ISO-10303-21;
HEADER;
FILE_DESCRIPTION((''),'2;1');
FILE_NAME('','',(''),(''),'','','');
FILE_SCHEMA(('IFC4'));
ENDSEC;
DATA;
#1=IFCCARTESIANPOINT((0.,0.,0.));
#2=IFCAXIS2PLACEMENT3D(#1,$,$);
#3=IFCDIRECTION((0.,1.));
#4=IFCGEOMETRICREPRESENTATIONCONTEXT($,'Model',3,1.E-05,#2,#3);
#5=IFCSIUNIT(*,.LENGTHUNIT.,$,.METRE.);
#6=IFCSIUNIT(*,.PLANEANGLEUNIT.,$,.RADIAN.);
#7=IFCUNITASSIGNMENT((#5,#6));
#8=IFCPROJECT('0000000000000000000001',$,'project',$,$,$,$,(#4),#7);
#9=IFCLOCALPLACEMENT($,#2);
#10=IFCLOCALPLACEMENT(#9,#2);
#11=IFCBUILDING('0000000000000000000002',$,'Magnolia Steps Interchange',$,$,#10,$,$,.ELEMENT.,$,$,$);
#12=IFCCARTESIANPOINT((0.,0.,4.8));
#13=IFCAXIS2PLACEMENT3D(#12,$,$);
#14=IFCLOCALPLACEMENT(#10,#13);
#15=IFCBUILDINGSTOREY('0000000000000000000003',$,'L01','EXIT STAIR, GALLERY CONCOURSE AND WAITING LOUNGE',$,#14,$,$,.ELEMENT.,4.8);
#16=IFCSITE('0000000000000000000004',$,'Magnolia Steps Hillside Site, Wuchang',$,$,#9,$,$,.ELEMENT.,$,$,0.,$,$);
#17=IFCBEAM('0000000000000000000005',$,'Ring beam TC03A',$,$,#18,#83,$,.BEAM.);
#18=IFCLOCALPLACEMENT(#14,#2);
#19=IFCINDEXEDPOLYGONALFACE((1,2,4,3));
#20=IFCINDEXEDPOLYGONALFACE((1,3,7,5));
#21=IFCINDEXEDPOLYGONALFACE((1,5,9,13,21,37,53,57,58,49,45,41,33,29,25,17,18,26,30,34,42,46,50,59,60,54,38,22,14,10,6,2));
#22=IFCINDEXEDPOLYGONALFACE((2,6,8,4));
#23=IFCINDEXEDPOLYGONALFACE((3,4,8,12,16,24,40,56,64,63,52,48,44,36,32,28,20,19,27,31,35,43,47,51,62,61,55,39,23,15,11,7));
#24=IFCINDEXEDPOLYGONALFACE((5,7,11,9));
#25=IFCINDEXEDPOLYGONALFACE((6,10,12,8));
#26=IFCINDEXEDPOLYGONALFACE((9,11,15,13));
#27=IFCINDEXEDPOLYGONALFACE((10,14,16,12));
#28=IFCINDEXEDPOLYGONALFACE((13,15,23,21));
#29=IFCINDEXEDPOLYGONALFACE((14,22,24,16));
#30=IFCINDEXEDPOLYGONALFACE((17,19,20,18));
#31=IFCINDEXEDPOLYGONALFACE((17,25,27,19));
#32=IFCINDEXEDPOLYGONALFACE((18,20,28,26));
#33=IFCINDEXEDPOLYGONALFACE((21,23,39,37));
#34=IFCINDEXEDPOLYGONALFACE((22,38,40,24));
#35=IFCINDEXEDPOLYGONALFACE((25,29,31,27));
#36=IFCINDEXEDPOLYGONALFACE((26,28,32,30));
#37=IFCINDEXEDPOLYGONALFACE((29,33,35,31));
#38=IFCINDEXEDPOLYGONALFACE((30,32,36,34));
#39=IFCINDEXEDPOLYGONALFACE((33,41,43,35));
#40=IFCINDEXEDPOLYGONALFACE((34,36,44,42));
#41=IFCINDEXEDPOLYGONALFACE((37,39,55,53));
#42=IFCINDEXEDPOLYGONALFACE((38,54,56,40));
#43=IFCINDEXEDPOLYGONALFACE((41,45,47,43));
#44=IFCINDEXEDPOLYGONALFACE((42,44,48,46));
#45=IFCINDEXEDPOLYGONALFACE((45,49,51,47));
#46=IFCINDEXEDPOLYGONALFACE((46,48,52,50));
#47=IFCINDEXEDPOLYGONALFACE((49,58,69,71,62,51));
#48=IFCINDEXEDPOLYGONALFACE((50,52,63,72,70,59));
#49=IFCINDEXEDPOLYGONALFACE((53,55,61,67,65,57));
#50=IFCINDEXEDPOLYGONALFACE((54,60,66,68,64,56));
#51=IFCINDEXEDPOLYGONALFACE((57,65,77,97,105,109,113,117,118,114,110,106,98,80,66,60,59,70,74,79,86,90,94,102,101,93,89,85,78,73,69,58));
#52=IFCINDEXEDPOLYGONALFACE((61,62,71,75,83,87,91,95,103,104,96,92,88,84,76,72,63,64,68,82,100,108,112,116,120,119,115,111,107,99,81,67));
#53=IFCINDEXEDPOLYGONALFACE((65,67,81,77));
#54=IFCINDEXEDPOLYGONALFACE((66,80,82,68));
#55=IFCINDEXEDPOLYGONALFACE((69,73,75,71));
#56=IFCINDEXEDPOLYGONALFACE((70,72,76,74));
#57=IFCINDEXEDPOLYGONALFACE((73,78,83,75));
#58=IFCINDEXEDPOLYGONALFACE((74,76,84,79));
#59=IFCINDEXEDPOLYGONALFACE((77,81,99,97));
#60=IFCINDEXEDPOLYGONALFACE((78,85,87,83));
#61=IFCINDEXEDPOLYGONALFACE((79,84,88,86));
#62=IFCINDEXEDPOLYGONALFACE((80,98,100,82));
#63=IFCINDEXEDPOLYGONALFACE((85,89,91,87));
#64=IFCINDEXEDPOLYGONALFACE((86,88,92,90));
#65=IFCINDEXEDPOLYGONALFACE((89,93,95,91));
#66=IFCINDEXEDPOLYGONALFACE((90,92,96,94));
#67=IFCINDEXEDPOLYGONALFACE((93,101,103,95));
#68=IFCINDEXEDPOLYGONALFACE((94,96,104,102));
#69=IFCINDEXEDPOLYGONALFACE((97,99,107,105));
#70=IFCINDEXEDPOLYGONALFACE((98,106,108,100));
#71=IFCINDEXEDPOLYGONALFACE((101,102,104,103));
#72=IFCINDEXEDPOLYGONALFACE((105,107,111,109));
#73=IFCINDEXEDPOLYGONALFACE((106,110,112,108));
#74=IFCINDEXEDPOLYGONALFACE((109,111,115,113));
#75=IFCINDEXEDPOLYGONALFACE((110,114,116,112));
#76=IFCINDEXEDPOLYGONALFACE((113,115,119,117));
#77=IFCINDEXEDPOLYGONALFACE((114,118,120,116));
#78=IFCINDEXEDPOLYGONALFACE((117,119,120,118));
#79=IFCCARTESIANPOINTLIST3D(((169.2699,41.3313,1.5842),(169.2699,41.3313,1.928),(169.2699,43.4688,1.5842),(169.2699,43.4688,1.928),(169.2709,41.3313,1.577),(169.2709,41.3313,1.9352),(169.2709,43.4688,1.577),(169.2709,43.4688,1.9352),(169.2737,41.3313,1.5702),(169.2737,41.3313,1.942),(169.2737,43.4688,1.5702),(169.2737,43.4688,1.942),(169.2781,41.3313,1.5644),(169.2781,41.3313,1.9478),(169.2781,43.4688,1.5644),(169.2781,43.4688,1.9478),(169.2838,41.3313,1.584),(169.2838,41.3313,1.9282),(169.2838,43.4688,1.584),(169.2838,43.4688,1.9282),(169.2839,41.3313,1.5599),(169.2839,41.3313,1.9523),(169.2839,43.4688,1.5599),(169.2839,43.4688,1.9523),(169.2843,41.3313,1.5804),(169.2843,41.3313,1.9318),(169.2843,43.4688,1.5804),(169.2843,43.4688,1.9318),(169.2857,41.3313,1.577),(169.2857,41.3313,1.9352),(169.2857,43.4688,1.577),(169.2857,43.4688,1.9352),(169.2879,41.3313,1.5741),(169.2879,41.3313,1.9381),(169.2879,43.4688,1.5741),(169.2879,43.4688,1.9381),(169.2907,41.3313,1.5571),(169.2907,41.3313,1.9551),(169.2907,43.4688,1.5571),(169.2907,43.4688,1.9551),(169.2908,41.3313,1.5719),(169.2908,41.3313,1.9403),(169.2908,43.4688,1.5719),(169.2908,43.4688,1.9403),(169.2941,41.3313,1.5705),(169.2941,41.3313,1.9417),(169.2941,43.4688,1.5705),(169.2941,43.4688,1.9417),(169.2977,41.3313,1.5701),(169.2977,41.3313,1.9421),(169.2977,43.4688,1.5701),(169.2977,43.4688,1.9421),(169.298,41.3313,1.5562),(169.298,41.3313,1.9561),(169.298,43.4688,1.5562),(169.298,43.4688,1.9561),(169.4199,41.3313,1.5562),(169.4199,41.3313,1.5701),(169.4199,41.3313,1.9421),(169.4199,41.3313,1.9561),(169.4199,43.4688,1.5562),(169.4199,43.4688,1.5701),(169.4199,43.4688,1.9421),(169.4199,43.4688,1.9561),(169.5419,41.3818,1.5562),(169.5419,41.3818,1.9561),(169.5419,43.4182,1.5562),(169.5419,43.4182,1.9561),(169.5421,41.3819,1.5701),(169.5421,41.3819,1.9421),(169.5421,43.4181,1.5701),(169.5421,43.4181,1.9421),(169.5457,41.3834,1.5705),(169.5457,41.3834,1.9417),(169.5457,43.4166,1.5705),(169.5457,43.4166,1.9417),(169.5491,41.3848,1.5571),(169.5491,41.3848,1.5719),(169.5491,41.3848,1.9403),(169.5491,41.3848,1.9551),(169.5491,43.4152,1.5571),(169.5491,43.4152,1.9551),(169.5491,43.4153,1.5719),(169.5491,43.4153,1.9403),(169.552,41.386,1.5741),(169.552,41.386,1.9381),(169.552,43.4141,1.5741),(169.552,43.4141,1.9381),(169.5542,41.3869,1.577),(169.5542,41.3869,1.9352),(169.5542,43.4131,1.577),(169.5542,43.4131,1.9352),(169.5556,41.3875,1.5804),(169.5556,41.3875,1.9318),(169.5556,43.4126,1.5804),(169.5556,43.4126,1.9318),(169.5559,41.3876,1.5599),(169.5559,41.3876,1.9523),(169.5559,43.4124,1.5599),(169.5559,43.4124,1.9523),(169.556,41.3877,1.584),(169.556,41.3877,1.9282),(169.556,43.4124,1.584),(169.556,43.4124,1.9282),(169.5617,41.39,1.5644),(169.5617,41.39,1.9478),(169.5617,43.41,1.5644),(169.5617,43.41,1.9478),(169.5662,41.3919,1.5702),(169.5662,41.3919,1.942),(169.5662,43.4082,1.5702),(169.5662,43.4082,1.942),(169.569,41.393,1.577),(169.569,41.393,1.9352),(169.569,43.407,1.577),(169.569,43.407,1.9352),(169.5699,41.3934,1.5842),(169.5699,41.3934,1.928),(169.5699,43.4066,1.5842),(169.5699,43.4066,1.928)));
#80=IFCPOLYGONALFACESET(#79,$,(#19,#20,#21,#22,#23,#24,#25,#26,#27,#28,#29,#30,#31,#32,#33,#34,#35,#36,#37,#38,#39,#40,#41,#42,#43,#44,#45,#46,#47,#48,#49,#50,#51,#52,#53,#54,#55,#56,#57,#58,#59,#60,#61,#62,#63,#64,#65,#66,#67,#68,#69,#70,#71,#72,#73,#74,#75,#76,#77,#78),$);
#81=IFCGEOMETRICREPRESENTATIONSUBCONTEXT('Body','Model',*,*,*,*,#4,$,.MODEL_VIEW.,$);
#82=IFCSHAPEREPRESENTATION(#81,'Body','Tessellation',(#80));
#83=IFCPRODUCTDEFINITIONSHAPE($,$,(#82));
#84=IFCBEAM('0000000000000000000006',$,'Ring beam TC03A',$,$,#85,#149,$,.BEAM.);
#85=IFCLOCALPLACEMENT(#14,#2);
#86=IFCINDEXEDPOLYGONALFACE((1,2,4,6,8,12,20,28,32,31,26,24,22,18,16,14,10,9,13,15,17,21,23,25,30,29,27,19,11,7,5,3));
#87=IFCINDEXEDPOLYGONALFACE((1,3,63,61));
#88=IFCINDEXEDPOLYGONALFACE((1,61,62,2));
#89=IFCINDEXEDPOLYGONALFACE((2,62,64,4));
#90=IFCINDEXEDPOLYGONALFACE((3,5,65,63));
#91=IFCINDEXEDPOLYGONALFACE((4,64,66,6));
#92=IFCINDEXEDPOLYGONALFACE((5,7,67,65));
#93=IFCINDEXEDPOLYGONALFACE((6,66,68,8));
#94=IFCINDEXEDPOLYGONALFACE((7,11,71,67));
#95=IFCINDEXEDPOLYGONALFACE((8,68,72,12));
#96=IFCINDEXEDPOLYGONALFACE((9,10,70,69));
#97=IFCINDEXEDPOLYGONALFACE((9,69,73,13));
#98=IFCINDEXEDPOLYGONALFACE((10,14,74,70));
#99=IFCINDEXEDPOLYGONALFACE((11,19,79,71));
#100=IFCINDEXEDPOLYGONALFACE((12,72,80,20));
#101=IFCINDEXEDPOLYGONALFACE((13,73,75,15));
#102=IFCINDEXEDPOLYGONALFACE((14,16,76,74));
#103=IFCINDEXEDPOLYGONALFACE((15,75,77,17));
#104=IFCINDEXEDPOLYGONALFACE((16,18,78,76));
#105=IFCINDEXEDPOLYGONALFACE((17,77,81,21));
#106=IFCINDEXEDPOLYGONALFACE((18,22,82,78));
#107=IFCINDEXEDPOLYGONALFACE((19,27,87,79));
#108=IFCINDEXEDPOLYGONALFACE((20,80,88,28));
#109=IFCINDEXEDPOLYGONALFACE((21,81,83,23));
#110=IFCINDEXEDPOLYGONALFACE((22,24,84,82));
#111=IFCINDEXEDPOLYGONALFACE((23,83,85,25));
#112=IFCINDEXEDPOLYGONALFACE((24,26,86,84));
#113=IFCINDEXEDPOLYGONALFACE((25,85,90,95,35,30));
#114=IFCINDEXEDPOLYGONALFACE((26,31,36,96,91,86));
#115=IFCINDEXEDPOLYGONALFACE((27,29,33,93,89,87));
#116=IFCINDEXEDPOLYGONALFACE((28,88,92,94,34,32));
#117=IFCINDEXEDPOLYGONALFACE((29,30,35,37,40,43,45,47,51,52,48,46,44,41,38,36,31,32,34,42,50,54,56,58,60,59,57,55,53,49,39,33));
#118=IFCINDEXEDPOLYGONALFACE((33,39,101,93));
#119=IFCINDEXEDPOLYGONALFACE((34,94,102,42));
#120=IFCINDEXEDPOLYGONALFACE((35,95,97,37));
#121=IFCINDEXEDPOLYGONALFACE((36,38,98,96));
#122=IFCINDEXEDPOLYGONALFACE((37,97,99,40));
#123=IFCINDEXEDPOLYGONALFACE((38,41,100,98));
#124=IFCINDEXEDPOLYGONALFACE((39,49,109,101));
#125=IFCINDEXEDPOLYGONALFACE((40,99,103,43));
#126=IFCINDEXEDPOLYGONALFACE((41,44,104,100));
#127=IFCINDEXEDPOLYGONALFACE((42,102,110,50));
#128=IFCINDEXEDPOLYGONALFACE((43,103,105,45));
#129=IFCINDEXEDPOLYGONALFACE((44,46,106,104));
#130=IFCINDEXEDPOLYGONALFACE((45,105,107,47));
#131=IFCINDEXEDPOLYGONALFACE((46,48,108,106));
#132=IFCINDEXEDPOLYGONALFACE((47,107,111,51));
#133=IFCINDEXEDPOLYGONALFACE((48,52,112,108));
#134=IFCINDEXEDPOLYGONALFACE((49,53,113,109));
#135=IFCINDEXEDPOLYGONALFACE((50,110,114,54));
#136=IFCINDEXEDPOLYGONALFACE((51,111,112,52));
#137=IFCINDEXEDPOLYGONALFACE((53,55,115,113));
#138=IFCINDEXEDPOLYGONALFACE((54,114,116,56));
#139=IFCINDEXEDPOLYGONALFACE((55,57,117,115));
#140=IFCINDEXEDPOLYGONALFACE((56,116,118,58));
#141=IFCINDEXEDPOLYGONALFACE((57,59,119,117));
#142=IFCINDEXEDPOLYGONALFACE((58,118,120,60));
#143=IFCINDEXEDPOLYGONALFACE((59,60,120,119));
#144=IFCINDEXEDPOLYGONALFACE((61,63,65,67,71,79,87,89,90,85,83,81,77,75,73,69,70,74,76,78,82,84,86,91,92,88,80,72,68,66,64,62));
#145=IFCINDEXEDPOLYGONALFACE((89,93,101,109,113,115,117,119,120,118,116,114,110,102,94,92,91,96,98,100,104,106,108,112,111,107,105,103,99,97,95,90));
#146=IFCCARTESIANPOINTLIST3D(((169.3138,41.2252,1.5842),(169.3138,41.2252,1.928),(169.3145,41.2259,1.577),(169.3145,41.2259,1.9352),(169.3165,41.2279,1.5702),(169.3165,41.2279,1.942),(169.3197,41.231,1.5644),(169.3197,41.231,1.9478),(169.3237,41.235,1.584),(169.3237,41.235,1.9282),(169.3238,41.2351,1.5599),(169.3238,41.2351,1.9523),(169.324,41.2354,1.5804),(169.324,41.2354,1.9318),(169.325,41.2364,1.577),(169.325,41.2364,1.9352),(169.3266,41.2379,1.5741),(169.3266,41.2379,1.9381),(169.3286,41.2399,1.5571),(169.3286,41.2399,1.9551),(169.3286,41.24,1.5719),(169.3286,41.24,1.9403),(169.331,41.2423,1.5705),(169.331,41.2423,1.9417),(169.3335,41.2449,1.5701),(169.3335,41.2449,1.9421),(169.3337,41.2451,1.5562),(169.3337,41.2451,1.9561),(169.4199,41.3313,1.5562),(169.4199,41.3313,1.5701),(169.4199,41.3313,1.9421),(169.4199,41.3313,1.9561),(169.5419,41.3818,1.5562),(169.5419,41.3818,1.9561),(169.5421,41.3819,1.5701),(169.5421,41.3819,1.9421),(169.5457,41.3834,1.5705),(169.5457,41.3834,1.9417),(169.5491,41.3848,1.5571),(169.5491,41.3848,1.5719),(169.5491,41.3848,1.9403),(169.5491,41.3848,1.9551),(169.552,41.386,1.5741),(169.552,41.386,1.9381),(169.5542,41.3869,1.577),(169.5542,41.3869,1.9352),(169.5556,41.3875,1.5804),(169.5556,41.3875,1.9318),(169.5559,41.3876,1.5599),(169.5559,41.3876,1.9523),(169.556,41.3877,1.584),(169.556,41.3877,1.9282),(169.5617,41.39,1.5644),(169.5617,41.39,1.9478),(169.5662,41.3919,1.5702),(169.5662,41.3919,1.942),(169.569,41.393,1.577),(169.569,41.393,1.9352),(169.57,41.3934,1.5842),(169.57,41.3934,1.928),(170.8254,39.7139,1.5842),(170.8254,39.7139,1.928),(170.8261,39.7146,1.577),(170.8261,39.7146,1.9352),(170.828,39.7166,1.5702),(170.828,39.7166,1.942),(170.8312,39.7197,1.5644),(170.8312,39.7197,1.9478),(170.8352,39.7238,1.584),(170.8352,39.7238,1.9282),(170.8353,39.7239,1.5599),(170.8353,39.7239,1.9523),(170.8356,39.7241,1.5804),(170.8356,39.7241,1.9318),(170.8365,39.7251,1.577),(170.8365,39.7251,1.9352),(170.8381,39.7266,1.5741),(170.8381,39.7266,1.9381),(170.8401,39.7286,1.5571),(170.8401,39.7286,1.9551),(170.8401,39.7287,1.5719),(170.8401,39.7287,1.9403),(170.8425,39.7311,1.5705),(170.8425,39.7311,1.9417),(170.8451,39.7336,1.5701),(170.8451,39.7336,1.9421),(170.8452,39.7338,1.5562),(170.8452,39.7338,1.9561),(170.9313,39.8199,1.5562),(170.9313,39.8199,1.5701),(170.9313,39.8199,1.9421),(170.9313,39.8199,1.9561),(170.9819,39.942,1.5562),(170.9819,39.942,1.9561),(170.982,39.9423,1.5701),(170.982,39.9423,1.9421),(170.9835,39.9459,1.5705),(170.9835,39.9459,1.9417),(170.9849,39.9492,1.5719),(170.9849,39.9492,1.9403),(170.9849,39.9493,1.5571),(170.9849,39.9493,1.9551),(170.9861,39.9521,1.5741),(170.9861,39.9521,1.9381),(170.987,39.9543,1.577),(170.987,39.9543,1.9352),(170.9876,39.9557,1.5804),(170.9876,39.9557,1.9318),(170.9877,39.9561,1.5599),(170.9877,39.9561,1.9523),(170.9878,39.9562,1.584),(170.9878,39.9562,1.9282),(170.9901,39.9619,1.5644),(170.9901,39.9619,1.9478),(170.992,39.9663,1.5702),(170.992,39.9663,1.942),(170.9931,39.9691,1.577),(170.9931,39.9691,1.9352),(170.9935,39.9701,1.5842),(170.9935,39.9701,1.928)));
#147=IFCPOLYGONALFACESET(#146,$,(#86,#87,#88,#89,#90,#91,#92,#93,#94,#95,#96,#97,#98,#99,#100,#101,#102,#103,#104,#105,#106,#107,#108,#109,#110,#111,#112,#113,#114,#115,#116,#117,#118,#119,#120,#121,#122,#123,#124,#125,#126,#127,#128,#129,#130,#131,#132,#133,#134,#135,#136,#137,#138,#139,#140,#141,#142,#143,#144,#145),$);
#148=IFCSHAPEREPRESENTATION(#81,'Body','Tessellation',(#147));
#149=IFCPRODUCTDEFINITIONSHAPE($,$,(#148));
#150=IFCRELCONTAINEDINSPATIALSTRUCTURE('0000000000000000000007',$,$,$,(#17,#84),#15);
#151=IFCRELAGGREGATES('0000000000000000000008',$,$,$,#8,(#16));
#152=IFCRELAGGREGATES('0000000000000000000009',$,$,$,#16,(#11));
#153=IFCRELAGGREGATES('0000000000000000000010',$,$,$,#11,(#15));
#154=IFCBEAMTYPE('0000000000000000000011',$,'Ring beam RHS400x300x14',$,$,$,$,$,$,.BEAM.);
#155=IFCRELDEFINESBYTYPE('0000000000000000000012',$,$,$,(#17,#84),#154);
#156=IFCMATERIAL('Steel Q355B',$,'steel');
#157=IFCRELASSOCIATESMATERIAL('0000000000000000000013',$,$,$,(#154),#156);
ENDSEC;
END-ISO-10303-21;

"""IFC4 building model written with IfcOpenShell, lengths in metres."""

from ifc_helpers import new_model, si_unit, direction, frame, origin, origin_2d, place, context, subcontext, project, spatial, hollow_rectangle, extrude, clip, halfspace, material, material_profile, profile_set, type_object, element, save


model = new_model("IFC4")

# Units and contexts
model_context = context("Model", 3, precision=1e-05, world=origin(), true_north=direction((0.0, 1.0)))
body_context = subcontext(model_context, "Body", "Model", "MODEL_VIEW")
ifc_project = project(units=[si_unit("LENGTHUNIT", "METRE"), si_unit("PLANEANGLEUNIT", "RADIAN")], contexts=[model_context])

# Site, building, storey
site_placement = place(None, origin())
site = spatial("IfcSite", under=ifc_project, at=site_placement, Name="Magnolia Steps Hillside Site, Wuchang", CompositionType="ELEMENT", RefElevation=0.0)
building_placement = place(site_placement, origin())
building = spatial("IfcBuilding", under=site, at=building_placement, Name="Magnolia Steps Interchange", CompositionType="ELEMENT")
storey_placement = place(building_placement, frame((0.0, 0.0, 4.8)))
storey = spatial("IfcBuildingStorey", under=building, at=storey_placement, Name="L01", Description="EXIT STAIR, GALLERY CONCOURSE AND WAITING LOUNGE", CompositionType="ELEMENT", Elevation=4.8)

# Beams
ifc_material_1 = material(Name="Steel Q355B", Category="steel")
ifc_material_profile_1 = material_profile(ifc_material_1, hollow_rectangle(XDim=0.3, YDim=0.3999, WallThickness=0.0139, InnerFilletRadius=0.0139, OuterFilletRadius=0.0281, at=origin_2d()), Name="RHS400x300x14")
ifc_profile_set_1 = profile_set([ifc_material_profile_1], Name="Steel Q355B")
beam_type = type_object("IfcBeamType", Name="Ring beam RHS400x300x14", PredefinedType="BEAM", material=ifc_profile_set_1)
for number, where, z_axis, x_axis, name in (
    (1, (169.4199, 43.4688, 1.7561), (0.0, -1.0, 0.0), (1.0, 0.0, 0.0), "Ring beam TC03A"),
):
    element("IfcBeam", number, at=place(storey_placement, frame(where, z_axis=z_axis, x_axis=x_axis)), inside=storey, type_object=beam_type, Name=name, PredefinedType="BEAM", context=body_context, shape_type="Clipping", body=[
        clip(clip(extrude(hollow_rectangle(XDim=0.3, YDim=0.3999, WallThickness=0.0139, InnerFilletRadius=0.0139, OuterFilletRadius=0.0281, at=origin_2d()), origin(), (0.0, 0.0, 1.0), 2.1375), halfspace(frame((0.0, 0.0, 0.0), z_axis=(0.382683, 0.0, -0.92388), x_axis=(0.92388, 0.0, 0.382683)), False)), halfspace(frame((0.0, 0.0, 2.1375), z_axis=(0.382683, 0.0, 0.92388), x_axis=(0.92388, 0.0, -0.382683)), False)),
    ])
beam_1_placement = place(storey_placement, frame((169.4199, 41.3313, 1.7561), z_axis=(0.707164, -0.70705, 0.0), x_axis=(0.70705, 0.707164, 0.0)))
element("IfcBeam", 2, at=beam_1_placement, inside=storey, type_object=beam_type, Name="Ring beam TC03A", PredefinedType="BEAM", context=body_context, shape_type="Clipping", body=[
    clip(clip(extrude(hollow_rectangle(XDim=0.3, YDim=0.3999, WallThickness=0.0139, InnerFilletRadius=0.0139, OuterFilletRadius=0.0281, at=origin_2d()), origin(), (0.0, 0.0, 1.0), 2.1375), halfspace(frame((0.0, 0.0, 0.0), z_axis=(0.382758, 0.0, -0.923849), x_axis=(0.923849, 0.0, 0.382758)), False)), halfspace(frame((0.0, 0.0, 2.1374), z_axis=(0.382609, 0.0, 0.92391), x_axis=(0.92391, 0.0, -0.382609)), False)),
])

save(model, "model.ifc")
